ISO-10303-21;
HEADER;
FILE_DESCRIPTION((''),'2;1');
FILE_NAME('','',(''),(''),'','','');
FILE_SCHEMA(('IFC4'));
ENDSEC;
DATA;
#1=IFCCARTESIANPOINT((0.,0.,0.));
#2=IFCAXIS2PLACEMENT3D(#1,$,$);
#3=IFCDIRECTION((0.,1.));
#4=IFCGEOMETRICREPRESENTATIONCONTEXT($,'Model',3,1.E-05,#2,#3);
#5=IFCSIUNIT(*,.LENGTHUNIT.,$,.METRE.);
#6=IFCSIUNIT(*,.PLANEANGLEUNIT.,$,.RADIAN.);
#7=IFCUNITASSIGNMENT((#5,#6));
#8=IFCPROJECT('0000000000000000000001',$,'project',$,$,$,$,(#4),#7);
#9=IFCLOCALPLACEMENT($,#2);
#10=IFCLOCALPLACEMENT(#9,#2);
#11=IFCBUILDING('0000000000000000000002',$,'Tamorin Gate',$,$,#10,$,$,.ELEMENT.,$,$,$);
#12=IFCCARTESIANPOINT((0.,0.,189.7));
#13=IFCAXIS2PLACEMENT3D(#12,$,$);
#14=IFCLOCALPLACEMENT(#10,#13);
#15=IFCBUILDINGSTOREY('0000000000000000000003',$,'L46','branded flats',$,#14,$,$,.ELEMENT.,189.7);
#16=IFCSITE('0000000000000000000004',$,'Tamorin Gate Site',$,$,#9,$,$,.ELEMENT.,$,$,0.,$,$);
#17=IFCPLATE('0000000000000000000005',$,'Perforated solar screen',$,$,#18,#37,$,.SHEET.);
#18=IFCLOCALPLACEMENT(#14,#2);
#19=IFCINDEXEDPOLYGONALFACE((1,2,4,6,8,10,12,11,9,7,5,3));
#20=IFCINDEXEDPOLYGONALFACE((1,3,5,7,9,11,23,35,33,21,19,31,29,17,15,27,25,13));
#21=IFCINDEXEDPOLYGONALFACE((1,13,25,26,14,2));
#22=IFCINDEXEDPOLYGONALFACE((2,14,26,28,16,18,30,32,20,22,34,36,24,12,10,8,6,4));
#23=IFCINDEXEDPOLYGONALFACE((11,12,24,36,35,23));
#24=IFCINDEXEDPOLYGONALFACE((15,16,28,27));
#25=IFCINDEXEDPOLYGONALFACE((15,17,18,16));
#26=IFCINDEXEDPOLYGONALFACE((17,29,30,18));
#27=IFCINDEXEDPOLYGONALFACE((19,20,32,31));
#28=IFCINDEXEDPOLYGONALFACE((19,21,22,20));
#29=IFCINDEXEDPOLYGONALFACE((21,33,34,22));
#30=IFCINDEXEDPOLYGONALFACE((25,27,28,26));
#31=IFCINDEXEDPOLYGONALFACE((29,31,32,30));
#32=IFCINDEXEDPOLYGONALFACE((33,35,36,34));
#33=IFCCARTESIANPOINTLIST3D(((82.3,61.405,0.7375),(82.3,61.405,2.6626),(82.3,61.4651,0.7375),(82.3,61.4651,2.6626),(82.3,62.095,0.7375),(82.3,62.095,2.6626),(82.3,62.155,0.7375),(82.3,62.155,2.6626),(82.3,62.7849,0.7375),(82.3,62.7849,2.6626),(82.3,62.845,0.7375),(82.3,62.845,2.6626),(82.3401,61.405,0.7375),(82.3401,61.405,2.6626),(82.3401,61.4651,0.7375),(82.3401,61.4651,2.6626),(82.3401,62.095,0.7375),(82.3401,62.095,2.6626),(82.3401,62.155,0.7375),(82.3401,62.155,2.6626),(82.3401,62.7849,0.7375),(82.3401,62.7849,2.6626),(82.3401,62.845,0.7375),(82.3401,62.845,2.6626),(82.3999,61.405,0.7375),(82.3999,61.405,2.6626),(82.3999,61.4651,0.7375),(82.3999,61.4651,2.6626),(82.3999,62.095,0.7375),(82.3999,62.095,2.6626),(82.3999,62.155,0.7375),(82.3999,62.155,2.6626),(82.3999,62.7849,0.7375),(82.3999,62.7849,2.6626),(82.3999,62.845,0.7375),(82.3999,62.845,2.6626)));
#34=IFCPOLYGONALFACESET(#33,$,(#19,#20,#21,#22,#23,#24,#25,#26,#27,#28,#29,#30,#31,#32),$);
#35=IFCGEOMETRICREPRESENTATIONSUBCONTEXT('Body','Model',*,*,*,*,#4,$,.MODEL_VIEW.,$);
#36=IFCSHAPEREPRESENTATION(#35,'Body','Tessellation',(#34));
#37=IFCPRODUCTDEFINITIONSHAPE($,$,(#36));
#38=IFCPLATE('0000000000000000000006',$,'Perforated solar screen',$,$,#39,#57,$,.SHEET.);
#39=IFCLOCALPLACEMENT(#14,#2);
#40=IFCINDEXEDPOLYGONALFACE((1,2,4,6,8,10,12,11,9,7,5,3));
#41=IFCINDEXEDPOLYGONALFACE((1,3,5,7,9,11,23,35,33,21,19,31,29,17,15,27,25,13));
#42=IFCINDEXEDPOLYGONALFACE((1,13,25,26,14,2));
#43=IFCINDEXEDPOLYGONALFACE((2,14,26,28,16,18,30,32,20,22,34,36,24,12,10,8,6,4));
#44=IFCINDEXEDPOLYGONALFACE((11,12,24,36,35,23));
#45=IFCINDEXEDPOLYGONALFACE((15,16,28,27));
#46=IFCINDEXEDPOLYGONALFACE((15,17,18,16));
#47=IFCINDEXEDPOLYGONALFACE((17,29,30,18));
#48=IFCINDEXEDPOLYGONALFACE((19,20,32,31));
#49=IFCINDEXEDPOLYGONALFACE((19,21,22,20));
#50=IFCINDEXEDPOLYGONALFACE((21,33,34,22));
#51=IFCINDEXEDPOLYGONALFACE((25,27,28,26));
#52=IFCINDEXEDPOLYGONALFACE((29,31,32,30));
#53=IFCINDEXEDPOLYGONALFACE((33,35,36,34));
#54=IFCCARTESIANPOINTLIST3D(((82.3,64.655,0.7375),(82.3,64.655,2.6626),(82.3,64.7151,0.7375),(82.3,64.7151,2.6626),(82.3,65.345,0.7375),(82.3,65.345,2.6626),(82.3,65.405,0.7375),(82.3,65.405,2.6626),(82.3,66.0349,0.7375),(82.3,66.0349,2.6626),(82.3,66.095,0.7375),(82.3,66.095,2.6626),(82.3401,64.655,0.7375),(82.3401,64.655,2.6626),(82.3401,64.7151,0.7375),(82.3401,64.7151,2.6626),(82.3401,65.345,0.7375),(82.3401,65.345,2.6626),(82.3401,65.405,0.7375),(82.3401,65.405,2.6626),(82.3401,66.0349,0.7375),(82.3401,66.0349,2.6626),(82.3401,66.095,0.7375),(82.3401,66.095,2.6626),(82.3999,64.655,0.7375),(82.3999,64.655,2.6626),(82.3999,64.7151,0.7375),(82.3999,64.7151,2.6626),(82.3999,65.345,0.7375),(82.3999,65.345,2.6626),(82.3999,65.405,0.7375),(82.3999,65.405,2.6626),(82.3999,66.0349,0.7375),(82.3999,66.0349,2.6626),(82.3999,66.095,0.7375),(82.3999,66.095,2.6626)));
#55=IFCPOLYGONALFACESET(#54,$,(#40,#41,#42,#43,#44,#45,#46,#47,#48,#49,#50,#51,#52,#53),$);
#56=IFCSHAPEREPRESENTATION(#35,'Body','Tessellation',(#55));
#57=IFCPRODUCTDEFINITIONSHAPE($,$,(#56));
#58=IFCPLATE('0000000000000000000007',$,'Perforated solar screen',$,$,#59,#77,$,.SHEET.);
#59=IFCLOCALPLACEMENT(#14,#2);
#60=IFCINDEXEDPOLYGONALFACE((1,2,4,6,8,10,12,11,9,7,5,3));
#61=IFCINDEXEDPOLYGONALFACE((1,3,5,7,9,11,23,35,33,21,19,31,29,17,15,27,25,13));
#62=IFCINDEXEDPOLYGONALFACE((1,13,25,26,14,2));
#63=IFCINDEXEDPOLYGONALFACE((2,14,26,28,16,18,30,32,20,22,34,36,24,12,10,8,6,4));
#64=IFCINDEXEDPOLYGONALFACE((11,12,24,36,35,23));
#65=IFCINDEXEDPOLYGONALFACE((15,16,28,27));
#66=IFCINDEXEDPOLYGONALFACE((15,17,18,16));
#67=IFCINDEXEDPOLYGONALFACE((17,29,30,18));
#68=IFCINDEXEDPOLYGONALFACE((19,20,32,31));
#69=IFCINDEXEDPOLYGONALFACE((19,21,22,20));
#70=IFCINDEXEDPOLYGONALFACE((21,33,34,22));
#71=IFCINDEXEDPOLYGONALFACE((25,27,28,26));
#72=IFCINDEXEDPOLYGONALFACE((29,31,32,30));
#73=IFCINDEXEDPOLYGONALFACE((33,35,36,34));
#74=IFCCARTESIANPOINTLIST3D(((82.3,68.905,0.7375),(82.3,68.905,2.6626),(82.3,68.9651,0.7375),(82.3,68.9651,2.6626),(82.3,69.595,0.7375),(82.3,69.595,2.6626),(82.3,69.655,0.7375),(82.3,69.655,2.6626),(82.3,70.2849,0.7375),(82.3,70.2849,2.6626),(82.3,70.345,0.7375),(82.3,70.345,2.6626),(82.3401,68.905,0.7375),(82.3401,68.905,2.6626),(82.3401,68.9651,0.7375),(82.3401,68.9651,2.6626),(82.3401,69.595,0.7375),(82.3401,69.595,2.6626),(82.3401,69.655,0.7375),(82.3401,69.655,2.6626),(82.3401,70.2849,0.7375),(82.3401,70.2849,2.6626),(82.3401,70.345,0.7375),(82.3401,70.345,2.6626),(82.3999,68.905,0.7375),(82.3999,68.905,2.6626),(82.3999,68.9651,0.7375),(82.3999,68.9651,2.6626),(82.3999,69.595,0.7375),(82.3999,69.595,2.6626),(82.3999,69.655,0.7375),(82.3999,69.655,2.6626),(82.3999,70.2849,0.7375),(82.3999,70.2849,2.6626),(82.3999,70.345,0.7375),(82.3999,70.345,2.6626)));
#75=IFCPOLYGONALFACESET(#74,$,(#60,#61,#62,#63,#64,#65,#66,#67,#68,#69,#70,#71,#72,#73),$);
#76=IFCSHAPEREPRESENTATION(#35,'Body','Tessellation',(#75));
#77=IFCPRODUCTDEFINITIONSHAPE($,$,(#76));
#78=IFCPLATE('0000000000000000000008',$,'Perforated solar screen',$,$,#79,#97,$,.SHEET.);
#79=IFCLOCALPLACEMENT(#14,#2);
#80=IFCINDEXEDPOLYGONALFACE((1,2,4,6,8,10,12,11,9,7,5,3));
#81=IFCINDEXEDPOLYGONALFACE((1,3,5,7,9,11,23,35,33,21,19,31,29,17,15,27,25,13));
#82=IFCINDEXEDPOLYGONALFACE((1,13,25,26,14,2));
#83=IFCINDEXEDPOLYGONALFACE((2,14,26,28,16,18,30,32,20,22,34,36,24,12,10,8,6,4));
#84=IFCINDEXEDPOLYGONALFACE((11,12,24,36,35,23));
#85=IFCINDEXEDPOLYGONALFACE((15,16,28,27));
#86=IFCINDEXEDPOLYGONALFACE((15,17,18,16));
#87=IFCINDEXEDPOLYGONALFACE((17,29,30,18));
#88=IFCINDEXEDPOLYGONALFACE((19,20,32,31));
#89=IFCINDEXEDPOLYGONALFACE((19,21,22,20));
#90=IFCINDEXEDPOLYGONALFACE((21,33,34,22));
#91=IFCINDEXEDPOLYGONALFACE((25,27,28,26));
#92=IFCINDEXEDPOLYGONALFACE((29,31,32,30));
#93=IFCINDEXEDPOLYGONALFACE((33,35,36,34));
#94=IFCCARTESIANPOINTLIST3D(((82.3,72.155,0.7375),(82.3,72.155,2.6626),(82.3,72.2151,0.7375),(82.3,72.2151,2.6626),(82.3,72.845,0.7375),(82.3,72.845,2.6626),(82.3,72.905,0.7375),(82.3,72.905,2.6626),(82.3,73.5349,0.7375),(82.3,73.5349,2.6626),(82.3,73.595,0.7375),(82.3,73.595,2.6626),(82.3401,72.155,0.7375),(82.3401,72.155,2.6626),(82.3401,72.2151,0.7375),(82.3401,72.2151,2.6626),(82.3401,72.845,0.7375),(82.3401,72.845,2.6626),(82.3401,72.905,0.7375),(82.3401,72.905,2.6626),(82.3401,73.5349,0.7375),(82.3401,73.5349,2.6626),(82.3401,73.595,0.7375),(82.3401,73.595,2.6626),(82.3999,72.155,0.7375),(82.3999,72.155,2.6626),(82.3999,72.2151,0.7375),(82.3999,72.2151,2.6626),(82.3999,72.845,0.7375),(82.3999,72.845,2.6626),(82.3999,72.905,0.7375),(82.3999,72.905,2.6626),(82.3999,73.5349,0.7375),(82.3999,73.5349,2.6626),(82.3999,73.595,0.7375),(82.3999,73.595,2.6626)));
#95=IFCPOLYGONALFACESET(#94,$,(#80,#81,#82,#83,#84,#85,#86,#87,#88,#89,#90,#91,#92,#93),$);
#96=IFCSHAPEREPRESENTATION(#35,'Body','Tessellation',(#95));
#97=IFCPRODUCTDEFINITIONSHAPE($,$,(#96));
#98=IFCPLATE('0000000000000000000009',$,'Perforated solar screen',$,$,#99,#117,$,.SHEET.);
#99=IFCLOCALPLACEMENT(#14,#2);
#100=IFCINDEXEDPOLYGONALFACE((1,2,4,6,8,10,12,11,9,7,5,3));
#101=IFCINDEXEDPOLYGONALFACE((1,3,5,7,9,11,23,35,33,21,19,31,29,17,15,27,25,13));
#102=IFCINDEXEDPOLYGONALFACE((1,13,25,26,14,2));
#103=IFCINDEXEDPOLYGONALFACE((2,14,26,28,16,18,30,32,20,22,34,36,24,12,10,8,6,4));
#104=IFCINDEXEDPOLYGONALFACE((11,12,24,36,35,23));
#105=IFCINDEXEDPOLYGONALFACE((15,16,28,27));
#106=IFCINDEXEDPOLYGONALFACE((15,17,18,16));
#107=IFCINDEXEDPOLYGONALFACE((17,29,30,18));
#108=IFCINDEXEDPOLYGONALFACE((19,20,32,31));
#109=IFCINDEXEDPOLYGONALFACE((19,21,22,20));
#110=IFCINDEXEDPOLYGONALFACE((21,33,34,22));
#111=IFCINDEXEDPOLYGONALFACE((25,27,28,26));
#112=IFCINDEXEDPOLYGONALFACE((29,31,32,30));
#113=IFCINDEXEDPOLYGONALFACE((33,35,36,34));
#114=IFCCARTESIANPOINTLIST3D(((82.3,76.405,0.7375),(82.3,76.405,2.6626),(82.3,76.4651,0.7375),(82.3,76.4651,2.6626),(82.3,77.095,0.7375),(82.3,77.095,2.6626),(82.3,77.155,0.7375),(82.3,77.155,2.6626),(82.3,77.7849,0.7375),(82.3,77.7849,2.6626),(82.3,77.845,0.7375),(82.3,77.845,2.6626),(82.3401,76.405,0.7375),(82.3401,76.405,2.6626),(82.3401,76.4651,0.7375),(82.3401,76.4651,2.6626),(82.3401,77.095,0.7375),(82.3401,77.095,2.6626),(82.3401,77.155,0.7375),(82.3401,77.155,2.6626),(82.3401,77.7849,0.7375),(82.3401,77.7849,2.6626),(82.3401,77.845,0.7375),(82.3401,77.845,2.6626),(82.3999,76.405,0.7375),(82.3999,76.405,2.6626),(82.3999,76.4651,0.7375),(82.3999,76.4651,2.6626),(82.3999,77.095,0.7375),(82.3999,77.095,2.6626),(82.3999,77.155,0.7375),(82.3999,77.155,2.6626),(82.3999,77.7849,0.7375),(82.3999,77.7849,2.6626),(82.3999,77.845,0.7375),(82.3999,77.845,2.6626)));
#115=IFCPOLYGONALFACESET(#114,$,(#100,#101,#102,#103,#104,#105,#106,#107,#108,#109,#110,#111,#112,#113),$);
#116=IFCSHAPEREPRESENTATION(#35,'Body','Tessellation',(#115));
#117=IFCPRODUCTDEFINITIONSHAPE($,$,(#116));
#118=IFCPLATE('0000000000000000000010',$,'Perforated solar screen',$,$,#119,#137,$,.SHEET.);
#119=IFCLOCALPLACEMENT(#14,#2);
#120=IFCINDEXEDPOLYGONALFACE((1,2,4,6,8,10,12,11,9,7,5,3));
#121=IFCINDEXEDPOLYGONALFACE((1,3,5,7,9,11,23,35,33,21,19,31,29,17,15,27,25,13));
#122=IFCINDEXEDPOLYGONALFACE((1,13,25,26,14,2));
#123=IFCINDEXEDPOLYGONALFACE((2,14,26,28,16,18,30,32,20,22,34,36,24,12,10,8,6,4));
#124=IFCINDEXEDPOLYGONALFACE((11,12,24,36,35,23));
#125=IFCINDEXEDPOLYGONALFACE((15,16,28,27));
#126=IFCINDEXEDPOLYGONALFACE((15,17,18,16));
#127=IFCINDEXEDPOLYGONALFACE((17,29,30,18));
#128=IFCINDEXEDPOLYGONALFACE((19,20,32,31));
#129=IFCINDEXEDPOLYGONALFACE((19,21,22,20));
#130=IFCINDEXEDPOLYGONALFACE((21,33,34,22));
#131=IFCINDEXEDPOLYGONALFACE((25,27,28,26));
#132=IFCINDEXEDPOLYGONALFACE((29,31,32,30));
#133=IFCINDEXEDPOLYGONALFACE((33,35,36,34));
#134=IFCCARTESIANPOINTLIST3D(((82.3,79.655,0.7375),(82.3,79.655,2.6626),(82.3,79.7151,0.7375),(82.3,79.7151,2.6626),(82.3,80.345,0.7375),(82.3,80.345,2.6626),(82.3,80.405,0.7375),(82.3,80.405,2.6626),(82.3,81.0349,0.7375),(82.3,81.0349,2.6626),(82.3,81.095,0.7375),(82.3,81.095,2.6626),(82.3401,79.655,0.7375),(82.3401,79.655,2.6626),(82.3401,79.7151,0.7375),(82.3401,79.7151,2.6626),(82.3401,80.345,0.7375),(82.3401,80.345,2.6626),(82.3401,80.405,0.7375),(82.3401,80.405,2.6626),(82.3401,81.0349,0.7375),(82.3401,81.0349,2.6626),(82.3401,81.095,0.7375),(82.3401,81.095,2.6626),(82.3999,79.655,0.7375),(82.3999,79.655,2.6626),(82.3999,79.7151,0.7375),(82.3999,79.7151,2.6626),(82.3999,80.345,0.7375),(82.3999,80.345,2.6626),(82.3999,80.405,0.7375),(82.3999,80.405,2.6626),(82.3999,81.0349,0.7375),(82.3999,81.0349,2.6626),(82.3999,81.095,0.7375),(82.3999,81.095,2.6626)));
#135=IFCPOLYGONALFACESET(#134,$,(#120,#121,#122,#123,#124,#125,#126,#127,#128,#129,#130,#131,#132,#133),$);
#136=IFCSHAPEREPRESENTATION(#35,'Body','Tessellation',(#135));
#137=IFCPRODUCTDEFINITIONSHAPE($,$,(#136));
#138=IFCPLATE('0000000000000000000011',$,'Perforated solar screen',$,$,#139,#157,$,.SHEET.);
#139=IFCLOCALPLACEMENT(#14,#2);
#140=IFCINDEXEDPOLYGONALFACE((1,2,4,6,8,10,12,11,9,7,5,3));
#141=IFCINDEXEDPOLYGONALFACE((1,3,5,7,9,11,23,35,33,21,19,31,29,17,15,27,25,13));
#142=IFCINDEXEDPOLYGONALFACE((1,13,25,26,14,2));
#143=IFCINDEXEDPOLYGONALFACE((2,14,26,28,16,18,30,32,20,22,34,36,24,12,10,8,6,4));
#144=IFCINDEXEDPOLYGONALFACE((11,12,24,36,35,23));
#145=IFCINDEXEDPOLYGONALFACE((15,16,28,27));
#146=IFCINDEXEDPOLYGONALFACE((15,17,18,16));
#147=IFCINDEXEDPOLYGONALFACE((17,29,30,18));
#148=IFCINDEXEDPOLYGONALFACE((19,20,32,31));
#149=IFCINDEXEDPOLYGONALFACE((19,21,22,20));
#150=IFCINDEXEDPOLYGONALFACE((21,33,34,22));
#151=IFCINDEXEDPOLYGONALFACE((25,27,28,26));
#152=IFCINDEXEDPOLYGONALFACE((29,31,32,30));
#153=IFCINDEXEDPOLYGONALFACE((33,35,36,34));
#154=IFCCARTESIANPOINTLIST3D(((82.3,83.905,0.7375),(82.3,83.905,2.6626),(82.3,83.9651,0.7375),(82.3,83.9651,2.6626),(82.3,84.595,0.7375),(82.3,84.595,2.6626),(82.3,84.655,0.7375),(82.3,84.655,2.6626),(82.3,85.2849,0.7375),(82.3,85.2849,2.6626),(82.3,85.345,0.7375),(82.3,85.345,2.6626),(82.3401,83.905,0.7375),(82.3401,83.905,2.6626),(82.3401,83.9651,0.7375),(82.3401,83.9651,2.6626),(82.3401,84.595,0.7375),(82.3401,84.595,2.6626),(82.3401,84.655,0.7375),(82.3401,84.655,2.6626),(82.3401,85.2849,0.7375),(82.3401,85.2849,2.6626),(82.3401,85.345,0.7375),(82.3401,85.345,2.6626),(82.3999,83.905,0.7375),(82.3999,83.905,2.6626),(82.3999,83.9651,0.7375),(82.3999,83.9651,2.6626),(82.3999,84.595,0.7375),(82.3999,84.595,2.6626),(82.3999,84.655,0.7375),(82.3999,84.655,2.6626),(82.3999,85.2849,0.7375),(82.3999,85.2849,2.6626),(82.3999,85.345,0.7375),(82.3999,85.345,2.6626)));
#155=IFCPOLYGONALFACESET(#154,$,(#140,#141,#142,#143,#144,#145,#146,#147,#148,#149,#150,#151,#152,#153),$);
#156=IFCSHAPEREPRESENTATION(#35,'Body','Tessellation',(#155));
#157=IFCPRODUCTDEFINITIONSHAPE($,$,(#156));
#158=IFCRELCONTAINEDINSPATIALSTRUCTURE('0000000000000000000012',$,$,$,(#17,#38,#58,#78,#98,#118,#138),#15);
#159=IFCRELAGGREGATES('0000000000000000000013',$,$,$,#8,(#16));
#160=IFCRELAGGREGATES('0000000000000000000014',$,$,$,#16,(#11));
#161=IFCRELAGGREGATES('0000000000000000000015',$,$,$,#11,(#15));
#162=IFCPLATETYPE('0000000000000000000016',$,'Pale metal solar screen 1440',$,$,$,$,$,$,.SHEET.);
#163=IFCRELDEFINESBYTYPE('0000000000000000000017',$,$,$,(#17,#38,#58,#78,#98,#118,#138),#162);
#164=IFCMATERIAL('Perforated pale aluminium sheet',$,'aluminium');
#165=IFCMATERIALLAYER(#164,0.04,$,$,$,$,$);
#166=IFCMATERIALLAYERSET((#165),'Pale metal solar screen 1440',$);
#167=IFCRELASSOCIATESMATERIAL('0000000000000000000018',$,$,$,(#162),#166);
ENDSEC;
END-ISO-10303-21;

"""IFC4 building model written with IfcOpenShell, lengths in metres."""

from ifc_helpers import new_model, si_unit, direction, frame, origin, place, context, subcontext, project, spatial, polyline, outline, extrude, material, layer, layer_set, type_object, element, save


model = new_model("IFC4")

# Units and contexts
model_context = context("Model", 3, precision=1e-05, world=origin(), true_north=direction((0.0, 1.0)))
body_context = subcontext(model_context, "Body", "Model", "MODEL_VIEW")
ifc_project = project(units=[si_unit("LENGTHUNIT", "METRE"), si_unit("PLANEANGLEUNIT", "RADIAN")], contexts=[model_context])

# Site, building, storey
site_placement = place(None, origin())
site = spatial("IfcSite", under=ifc_project, at=site_placement, Name="Tamorin Gate Site", CompositionType="ELEMENT", RefElevation=0.0)
building_placement = place(site_placement, origin())
building = spatial("IfcBuilding", under=site, at=building_placement, Name="Tamorin Gate", CompositionType="ELEMENT")
storey_placement = place(building_placement, frame((0.0, 0.0, 189.7)))
storey = spatial("IfcBuildingStorey", under=building, at=storey_placement, Name="L46", Description="branded flats", CompositionType="ELEMENT", Elevation=189.7)

# Plates
ifc_material_1 = material(Name="Perforated pale aluminium sheet", Category="aluminium")
ifc_layer_1 = layer(ifc_material_1, 0.04)
ifc_layer_set_1 = layer_set([ifc_layer_1], Name="Pale metal solar screen 1440")
plate_type_1 = type_object("IfcPlateType", Name="Pale metal solar screen 1440", PredefinedType="SHEET", material=ifc_layer_set_1)
plate_1_placement = place(storey_placement, frame((0.0, 0.0, 0.7375)))
element("IfcPlate", 1, at=plate_1_placement, inside=storey, type_object=plate_type_1, Name="Perforated solar screen", PredefinedType="SHEET", context=body_context, shape_type="SweptSolid", body=[
    extrude(outline(polyline([(82.3401, 61.405), (82.3, 61.405), (82.3, 61.4651), (82.3, 62.095), (82.3, 62.155), (82.3, 62.7849), (82.3, 62.845), (82.3401, 62.845), (82.3999, 62.845), (82.3999, 62.7849), (82.3401, 62.7849), (82.3401, 62.155), (82.3999, 62.155), (82.3999, 62.095), (82.3401, 62.095), (82.3401, 61.4651), (82.3999, 61.4651), (82.3999, 61.405), (82.3401, 61.405)])), origin(), (0.0, 0.0, 1.0), 1.925),
])
plate_2_placement = place(storey_placement, frame((0.0, 0.0, 0.7375)))
element("IfcPlate", 2, at=plate_2_placement, inside=storey, type_object=plate_type_1, Name="Perforated solar screen", PredefinedType="SHEET", context=body_context, shape_type="SweptSolid", body=[
    extrude(outline(polyline([(82.3401, 64.655), (82.3, 64.655), (82.3, 64.7151), (82.3, 65.345), (82.3, 65.405), (82.3, 66.0349), (82.3, 66.095), (82.3401, 66.095), (82.3999, 66.095), (82.3999, 66.0349), (82.3401, 66.0349), (82.3401, 65.405), (82.3999, 65.405), (82.3999, 65.345), (82.3401, 65.345), (82.3401, 64.7151), (82.3999, 64.7151), (82.3999, 64.655), (82.3401, 64.655)])), origin(), (0.0, 0.0, 1.0), 1.925),
])
plate_3_placement = place(storey_placement, frame((0.0, 0.0, 0.7375)))
element("IfcPlate", 3, at=plate_3_placement, inside=storey, type_object=plate_type_1, Name="Perforated solar screen", PredefinedType="SHEET", context=body_context, shape_type="SweptSolid", body=[
    extrude(outline(polyline([(82.3401, 68.905), (82.3, 68.905), (82.3, 68.9651), (82.3, 69.595), (82.3, 69.655), (82.3, 70.2849), (82.3, 70.345), (82.3401, 70.345), (82.3999, 70.345), (82.3999, 70.2849), (82.3401, 70.2849), (82.3401, 69.655), (82.3999, 69.655), (82.3999, 69.595), (82.3401, 69.595), (82.3401, 68.9651), (82.3999, 68.9651), (82.3999, 68.905), (82.3401, 68.905)])), origin(), (0.0, 0.0, 1.0), 1.925),
])
plate_4_placement = place(storey_placement, frame((0.0, 0.0, 0.7375)))
element("IfcPlate", 4, at=plate_4_placement, inside=storey, type_object=plate_type_1, Name="Perforated solar screen", PredefinedType="SHEET", context=body_context, shape_type="SweptSolid", body=[
    extrude(outline(polyline([(82.3401, 72.155), (82.3, 72.155), (82.3, 72.2151), (82.3, 72.845), (82.3, 72.905), (82.3, 73.5349), (82.3, 73.595), (82.3401, 73.595), (82.3999, 73.595), (82.3999, 73.5349), (82.3401, 73.5349), (82.3401, 72.905), (82.3999, 72.905), (82.3999, 72.845), (82.3401, 72.845), (82.3401, 72.2151), (82.3999, 72.2151), (82.3999, 72.155), (82.3401, 72.155)])), origin(), (0.0, 0.0, 1.0), 1.925),
])
plate_5_placement = place(storey_placement, frame((0.0, 0.0, 0.7375)))
element("IfcPlate", 5, at=plate_5_placement, inside=storey, type_object=plate_type_1, Name="Perforated solar screen", PredefinedType="SHEET", context=body_context, shape_type="SweptSolid", body=[
    extrude(outline(polyline([(82.3401, 76.405), (82.3, 76.405), (82.3, 76.4651), (82.3, 77.095), (82.3, 77.155), (82.3, 77.7849), (82.3, 77.845), (82.3401, 77.845), (82.3999, 77.845), (82.3999, 77.7849), (82.3401, 77.7849), (82.3401, 77.155), (82.3999, 77.155), (82.3999, 77.095), (82.3401, 77.095), (82.3401, 76.4651), (82.3999, 76.4651), (82.3999, 76.405), (82.3401, 76.405)])), origin(), (0.0, 0.0, 1.0), 1.925),
])
plate_6_placement = place(storey_placement, frame((0.0, 0.0, 0.7375)))
element("IfcPlate", 6, at=plate_6_placement, inside=storey, type_object=plate_type_1, Name="Perforated solar screen", PredefinedType="SHEET", context=body_context, shape_type="SweptSolid", body=[
    extrude(outline(polyline([(82.3401, 79.655), (82.3, 79.655), (82.3, 79.7151), (82.3, 80.345), (82.3, 80.405), (82.3, 81.0349), (82.3, 81.095), (82.3401, 81.095), (82.3999, 81.095), (82.3999, 81.0349), (82.3401, 81.0349), (82.3401, 80.405), (82.3999, 80.405), (82.3999, 80.345), (82.3401, 80.345), (82.3401, 79.7151), (82.3999, 79.7151), (82.3999, 79.655), (82.3401, 79.655)])), origin(), (0.0, 0.0, 1.0), 1.925),
])
plate_7_placement = place(storey_placement, frame((0.0, 0.0, 0.7375)))
element("IfcPlate", 7, at=plate_7_placement, inside=storey, type_object=plate_type_1, Name="Perforated solar screen", PredefinedType="SHEET", context=body_context, shape_type="SweptSolid", body=[
    extrude(outline(polyline([(82.3401, 83.905), (82.3, 83.905), (82.3, 83.9651), (82.3, 84.595), (82.3, 84.655), (82.3, 85.2849), (82.3, 85.345), (82.3401, 85.345), (82.3999, 85.345), (82.3999, 85.2849), (82.3401, 85.2849), (82.3401, 84.655), (82.3999, 84.655), (82.3999, 84.595), (82.3401, 84.595), (82.3401, 83.9651), (82.3999, 83.9651), (82.3999, 83.905), (82.3401, 83.905)])), origin(), (0.0, 0.0, 1.0), 1.925),
])

save(model, "model.ifc")
